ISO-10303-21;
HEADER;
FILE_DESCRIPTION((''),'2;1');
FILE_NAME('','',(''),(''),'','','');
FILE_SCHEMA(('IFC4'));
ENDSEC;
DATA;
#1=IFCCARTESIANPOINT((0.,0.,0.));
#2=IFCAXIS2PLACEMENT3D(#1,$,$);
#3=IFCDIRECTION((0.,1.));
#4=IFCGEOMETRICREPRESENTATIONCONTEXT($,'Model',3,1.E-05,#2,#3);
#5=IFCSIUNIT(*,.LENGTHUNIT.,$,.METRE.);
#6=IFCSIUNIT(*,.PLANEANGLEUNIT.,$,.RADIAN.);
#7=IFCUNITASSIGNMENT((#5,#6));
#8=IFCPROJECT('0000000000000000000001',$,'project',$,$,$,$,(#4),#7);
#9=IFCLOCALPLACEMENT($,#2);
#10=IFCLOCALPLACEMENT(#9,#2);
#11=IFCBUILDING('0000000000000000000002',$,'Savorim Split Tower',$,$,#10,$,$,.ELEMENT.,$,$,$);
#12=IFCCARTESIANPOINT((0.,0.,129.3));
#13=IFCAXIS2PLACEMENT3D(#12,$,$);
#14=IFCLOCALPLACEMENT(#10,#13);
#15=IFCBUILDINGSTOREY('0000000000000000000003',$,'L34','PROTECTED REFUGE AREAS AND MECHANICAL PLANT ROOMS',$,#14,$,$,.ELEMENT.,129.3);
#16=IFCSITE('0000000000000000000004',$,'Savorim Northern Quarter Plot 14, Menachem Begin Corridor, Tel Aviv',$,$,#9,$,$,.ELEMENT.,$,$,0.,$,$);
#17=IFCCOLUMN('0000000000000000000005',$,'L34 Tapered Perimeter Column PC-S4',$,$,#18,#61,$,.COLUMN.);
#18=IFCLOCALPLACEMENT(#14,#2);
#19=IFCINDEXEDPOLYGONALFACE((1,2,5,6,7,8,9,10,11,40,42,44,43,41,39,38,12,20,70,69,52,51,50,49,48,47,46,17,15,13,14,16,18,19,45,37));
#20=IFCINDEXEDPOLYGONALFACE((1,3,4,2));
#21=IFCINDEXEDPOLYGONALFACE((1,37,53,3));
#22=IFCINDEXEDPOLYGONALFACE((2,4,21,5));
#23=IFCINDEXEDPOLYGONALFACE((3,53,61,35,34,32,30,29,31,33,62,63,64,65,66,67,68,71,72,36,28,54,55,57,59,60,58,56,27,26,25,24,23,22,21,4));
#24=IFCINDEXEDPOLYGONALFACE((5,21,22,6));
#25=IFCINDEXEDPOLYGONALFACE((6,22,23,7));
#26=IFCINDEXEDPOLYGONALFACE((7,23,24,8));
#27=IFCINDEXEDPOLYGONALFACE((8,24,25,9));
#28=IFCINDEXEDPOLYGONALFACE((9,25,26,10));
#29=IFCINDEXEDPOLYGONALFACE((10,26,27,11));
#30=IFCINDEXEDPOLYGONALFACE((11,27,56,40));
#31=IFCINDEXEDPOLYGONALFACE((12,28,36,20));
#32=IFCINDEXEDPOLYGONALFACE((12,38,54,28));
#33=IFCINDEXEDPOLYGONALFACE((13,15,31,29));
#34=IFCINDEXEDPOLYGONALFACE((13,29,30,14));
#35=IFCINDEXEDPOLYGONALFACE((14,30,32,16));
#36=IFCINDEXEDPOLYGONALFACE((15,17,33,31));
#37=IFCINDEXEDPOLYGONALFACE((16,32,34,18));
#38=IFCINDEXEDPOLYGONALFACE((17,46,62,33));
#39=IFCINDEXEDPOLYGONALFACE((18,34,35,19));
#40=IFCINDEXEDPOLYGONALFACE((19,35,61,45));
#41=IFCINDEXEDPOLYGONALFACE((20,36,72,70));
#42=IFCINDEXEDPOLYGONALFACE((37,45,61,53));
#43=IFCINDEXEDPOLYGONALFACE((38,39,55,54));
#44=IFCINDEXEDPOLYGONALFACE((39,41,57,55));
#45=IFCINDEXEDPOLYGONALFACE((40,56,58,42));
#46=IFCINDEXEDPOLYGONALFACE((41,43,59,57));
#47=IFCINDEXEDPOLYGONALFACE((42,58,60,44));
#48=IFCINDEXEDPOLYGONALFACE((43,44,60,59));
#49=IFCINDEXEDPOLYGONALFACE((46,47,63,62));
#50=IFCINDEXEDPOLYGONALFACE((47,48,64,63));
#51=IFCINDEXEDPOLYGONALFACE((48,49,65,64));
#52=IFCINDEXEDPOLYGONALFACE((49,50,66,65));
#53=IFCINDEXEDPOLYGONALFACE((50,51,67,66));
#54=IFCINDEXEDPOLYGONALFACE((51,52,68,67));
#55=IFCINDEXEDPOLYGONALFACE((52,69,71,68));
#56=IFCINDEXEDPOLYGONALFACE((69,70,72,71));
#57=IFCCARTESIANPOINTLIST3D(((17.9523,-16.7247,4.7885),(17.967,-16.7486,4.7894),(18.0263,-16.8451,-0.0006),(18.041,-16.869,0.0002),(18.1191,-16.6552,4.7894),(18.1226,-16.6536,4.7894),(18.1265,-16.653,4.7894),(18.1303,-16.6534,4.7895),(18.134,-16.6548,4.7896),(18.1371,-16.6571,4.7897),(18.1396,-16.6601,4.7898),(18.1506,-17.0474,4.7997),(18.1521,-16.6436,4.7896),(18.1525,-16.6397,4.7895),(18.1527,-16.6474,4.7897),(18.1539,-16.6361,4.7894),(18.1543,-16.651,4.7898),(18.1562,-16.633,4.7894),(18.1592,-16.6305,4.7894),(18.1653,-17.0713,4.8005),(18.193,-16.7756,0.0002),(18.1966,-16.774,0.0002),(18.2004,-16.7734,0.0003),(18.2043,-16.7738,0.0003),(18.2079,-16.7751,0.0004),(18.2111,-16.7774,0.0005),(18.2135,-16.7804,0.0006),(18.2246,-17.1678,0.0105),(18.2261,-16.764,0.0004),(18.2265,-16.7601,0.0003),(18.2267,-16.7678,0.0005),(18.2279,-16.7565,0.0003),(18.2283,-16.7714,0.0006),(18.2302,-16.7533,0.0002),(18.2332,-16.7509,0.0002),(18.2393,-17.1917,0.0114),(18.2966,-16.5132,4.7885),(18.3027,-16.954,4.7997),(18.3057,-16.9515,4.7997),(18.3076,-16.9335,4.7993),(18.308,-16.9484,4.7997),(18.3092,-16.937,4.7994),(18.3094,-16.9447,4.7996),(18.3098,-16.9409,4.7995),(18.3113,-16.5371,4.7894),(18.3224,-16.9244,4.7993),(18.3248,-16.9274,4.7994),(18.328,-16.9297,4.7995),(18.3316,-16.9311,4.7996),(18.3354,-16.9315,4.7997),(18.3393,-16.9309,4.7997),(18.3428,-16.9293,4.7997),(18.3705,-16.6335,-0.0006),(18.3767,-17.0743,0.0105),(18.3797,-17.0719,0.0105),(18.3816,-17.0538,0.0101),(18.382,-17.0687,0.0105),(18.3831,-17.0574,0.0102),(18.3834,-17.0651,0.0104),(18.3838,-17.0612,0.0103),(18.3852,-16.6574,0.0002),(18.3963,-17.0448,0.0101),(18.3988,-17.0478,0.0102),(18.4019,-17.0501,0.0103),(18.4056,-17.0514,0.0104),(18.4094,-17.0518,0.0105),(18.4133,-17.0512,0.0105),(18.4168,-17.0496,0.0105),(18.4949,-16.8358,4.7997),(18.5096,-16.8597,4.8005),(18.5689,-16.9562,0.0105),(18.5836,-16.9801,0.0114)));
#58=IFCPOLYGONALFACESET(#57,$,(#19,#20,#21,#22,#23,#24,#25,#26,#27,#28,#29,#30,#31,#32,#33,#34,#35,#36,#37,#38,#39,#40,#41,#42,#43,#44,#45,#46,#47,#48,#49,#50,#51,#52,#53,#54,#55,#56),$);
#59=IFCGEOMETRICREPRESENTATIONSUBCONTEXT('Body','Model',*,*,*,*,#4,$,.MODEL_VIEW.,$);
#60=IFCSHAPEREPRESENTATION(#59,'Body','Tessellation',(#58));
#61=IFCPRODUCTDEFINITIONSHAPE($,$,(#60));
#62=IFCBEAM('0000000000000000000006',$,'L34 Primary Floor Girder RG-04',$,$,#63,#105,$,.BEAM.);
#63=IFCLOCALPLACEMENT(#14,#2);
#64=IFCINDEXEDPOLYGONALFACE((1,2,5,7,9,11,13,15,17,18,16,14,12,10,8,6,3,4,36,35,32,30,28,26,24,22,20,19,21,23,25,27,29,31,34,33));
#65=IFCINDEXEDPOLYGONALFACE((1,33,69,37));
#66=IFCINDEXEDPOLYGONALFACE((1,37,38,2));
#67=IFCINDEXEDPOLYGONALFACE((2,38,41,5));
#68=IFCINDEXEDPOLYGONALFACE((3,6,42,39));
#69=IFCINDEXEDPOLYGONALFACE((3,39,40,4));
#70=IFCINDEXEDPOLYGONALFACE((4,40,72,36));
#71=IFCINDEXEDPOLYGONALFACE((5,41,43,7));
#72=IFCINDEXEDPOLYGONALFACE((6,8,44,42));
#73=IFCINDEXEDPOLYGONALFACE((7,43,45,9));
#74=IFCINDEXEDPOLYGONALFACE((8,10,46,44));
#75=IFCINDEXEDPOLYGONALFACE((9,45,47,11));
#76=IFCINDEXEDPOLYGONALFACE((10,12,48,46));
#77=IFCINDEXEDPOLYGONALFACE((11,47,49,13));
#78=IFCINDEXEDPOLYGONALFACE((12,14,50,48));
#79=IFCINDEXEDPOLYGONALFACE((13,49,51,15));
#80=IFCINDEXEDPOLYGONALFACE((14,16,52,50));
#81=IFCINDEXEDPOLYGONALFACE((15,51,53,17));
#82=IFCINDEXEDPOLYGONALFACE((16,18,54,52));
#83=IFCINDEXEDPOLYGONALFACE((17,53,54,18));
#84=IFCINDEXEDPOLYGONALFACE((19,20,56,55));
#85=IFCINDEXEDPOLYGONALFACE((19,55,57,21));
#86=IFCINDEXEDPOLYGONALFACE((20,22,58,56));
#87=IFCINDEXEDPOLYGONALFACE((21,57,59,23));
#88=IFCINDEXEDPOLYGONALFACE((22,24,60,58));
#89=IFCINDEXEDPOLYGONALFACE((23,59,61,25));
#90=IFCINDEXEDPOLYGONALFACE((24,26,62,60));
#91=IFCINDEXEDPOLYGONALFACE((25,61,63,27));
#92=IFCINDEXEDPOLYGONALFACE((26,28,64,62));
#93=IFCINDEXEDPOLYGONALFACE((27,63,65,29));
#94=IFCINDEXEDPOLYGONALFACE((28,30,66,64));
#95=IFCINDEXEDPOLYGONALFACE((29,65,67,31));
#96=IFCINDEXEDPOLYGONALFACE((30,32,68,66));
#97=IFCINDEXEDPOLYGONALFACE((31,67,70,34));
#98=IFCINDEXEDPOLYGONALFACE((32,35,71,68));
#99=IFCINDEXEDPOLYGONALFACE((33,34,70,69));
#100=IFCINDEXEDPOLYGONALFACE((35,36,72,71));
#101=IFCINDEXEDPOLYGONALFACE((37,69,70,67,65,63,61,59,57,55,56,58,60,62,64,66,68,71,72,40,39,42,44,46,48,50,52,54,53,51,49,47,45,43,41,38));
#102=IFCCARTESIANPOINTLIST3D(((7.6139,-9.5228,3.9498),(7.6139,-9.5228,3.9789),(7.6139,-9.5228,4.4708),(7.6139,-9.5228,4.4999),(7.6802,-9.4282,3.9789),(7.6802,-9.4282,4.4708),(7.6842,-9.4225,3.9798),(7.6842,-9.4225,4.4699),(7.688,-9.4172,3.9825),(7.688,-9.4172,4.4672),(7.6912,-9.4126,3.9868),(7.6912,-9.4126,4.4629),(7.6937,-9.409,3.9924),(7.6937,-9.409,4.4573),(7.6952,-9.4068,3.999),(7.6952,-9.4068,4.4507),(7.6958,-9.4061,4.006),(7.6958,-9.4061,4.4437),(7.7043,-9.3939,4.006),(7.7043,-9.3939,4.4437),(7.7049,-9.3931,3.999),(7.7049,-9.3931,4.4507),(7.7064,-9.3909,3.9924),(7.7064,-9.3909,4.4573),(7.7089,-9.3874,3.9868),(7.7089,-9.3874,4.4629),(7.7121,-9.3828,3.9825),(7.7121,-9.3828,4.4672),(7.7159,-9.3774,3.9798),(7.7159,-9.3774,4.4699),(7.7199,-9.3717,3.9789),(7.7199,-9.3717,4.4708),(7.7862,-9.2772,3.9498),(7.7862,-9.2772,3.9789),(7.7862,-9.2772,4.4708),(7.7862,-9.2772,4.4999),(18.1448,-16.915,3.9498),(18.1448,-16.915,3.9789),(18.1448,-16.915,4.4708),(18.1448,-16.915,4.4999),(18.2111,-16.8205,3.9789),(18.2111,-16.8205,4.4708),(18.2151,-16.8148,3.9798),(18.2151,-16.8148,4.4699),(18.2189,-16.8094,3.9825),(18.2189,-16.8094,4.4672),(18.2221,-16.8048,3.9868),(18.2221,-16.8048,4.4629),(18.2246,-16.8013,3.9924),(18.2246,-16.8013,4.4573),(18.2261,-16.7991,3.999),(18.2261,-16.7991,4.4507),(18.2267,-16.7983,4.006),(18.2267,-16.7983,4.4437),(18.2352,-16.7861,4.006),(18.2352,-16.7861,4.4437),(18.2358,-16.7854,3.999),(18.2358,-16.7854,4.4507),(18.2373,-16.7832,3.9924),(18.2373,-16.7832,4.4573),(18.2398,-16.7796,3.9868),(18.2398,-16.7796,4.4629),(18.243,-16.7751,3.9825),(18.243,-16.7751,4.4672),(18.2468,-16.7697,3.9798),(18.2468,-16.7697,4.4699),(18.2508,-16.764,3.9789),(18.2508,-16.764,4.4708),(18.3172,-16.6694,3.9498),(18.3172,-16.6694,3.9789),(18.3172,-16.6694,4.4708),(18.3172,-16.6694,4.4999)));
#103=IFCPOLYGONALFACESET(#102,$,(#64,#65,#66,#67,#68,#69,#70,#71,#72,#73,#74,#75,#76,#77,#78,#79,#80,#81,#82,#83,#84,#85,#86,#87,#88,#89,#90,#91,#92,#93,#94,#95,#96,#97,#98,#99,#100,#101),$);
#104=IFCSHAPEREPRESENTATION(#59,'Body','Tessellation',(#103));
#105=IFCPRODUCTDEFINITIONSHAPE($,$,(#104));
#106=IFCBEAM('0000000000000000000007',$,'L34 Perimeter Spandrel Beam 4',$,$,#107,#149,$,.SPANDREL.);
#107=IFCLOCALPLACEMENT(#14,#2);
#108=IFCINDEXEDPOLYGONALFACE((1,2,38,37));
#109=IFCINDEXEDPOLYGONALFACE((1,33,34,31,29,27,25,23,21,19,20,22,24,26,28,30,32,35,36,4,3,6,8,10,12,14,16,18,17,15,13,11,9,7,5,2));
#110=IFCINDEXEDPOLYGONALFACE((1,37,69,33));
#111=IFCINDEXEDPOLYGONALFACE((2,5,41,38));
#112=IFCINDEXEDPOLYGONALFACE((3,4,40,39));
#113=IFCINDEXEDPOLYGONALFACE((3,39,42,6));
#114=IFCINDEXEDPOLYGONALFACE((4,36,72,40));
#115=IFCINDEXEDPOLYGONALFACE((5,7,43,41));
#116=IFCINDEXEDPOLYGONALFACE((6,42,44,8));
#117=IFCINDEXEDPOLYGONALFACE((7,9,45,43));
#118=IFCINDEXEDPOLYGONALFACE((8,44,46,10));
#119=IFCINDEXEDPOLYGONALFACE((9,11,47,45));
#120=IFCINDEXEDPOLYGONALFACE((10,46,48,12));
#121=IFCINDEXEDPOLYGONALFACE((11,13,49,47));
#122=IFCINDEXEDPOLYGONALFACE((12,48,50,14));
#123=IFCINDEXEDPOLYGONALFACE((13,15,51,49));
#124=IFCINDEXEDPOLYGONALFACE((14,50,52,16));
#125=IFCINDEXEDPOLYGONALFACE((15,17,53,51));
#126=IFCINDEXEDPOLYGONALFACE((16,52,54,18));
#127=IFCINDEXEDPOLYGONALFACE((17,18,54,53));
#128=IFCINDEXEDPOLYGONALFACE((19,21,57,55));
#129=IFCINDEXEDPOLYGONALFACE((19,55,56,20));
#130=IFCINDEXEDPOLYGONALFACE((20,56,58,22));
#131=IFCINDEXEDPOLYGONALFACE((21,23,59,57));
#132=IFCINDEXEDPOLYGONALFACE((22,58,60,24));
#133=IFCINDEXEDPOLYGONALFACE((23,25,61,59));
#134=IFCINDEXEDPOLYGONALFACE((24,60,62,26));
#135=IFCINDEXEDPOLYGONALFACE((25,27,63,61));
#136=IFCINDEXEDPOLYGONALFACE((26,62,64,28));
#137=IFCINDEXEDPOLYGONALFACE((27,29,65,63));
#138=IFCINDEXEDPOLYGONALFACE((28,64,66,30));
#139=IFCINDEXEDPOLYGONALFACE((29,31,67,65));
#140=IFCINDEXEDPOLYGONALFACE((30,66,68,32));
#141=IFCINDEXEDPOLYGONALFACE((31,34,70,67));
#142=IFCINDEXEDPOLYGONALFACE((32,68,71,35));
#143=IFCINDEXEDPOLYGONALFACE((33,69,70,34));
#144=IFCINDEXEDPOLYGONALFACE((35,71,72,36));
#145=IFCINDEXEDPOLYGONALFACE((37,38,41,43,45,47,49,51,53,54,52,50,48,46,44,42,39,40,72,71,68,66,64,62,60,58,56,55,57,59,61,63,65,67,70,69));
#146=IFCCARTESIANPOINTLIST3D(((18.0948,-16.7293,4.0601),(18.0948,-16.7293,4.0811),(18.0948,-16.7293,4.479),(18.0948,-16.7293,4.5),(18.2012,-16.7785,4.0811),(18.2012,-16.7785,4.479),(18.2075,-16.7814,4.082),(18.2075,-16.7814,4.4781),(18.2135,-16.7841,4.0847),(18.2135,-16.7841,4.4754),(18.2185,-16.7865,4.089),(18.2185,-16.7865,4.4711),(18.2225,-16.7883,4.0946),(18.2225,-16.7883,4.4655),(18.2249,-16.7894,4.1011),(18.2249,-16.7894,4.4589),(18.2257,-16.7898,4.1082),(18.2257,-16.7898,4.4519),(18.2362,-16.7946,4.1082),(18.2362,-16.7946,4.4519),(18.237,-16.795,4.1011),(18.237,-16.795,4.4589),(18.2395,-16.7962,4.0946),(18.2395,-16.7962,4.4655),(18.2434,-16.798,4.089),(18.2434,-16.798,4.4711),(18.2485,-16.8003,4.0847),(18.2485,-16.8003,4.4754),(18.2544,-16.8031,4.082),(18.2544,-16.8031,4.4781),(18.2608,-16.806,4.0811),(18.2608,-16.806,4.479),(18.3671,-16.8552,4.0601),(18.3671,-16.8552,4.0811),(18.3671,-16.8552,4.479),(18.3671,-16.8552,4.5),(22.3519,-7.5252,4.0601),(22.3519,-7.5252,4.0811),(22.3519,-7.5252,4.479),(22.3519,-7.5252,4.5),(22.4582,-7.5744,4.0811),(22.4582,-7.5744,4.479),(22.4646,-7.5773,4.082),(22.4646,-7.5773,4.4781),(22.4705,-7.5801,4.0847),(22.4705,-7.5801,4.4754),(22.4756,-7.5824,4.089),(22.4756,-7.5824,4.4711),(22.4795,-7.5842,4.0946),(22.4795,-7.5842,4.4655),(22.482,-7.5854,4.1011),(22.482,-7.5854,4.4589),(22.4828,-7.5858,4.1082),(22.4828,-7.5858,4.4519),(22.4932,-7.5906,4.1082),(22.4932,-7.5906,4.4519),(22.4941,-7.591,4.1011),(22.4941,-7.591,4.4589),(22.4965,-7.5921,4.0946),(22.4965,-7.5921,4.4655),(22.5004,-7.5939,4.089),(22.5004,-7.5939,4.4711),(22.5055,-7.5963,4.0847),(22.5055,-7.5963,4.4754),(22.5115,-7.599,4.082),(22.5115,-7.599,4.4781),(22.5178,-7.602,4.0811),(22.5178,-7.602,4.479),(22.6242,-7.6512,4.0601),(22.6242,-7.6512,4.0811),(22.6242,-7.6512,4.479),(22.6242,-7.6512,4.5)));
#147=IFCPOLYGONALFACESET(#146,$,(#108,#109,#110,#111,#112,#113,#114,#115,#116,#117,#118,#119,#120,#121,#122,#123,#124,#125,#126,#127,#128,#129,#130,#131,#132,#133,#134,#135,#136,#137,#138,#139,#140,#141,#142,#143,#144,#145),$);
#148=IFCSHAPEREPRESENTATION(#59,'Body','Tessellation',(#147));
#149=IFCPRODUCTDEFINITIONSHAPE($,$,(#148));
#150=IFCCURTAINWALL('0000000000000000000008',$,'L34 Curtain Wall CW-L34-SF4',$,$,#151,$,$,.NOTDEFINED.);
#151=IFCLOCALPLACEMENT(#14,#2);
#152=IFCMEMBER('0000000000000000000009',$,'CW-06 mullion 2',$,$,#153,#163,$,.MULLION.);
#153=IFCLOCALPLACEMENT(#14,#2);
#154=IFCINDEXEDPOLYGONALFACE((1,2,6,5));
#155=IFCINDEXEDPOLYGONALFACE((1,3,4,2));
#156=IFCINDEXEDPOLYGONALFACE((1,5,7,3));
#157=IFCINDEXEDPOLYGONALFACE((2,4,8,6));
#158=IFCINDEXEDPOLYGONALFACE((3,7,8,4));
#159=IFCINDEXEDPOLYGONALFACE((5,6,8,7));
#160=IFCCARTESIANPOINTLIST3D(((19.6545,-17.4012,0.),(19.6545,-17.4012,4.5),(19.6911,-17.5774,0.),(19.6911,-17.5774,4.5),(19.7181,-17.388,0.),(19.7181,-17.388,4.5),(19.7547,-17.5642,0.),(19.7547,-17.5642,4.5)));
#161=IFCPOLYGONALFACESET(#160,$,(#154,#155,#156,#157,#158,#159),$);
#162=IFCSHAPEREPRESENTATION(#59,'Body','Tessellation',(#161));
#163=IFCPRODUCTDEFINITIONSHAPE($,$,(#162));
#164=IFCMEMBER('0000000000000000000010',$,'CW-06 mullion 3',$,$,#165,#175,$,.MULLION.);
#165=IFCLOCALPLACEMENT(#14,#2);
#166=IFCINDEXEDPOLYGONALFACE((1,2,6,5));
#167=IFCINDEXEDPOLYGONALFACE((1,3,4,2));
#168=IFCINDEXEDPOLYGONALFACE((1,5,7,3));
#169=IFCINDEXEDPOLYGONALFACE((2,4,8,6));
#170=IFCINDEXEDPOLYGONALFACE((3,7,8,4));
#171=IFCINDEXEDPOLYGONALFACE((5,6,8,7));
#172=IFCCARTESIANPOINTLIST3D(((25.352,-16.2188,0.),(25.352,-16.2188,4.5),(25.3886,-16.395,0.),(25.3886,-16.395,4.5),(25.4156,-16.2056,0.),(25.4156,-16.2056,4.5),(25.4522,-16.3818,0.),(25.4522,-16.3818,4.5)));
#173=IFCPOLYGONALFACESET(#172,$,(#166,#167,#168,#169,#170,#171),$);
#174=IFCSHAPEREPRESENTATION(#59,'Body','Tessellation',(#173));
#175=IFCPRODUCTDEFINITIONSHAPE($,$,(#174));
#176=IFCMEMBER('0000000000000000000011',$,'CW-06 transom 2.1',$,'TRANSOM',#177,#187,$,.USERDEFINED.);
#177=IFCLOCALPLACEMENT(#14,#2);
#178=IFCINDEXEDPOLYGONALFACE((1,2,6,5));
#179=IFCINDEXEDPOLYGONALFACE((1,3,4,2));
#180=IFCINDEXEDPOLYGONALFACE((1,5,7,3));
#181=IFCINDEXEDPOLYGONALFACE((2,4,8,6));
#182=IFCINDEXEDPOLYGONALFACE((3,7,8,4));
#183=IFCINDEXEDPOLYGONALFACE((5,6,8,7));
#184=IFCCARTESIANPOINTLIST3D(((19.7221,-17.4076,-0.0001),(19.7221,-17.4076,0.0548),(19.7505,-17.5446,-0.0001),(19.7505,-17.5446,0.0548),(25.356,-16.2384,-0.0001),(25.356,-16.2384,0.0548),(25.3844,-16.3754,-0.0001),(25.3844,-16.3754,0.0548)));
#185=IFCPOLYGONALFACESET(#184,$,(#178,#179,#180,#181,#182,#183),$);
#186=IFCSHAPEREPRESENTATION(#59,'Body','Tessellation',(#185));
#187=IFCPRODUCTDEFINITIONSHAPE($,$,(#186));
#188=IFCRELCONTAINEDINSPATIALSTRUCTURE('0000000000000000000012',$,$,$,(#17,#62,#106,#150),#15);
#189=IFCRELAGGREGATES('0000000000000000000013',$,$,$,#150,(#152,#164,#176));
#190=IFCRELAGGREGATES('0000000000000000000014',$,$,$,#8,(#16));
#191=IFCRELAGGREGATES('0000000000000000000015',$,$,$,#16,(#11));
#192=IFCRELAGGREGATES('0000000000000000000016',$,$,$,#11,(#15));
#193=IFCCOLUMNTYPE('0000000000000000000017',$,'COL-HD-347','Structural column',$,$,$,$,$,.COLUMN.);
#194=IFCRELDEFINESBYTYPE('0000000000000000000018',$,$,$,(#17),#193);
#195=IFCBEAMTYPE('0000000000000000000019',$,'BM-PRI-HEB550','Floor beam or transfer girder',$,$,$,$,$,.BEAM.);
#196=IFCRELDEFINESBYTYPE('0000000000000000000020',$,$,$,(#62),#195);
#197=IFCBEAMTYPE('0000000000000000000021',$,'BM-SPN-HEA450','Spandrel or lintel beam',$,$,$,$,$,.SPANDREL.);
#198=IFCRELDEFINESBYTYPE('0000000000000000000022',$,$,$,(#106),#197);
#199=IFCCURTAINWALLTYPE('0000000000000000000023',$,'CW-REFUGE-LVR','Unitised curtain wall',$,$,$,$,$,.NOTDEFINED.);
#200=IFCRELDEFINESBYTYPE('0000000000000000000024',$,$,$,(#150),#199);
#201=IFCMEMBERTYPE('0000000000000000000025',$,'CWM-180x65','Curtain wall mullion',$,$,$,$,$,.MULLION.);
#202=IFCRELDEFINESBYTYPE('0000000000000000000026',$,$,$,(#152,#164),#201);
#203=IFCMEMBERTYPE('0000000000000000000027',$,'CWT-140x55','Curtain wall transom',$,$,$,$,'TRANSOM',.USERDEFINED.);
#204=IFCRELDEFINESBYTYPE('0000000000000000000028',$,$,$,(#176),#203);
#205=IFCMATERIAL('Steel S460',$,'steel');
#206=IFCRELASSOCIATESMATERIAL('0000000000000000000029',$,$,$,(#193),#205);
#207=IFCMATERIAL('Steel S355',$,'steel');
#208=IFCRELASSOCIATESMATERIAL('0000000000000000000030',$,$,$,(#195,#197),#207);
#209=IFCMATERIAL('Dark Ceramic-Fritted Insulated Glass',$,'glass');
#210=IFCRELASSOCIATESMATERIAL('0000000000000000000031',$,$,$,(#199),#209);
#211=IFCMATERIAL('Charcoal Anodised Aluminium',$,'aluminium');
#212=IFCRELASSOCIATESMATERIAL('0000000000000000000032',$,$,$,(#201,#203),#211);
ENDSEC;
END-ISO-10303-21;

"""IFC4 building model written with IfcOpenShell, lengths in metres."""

from ifc_helpers import new_model, si_unit, direction, frame, origin, origin_2d, place, context, subcontext, project, spatial, rectangle, i_section, extrude, material, material_profile, profile_set, type_object, element, aggregate, save


model = new_model("IFC4")

# Units and contexts
model_context = context("Model", 3, precision=1e-05, world=origin(), true_north=direction((0.0, 1.0)))
body_context = subcontext(model_context, "Body", "Model", "MODEL_VIEW")
ifc_project = project(units=[si_unit("LENGTHUNIT", "METRE"), si_unit("PLANEANGLEUNIT", "RADIAN")], contexts=[model_context])

# Site, building, storey
site_placement = place(None, origin())
site = spatial("IfcSite", under=ifc_project, at=site_placement, Name="Savorim Northern Quarter Plot 14, Menachem Begin Corridor, Tel Aviv", CompositionType="ELEMENT", RefElevation=0.0)
building_placement = place(site_placement, origin())
building = spatial("IfcBuilding", under=site, at=building_placement, Name="Savorim Split Tower", CompositionType="ELEMENT")
storey_placement = place(building_placement, frame((0.0, 0.0, 129.3)))
storey = spatial("IfcBuildingStorey", under=building, at=storey_placement, Name="L34", Description="PROTECTED REFUGE AREAS AND MECHANICAL PLANT ROOMS", CompositionType="ELEMENT", Elevation=129.3)

# Column
ifc_material_1 = material(Name="Steel S460", Category="steel")
ifc_material_profile_1 = material_profile(ifc_material_1, i_section(OverallWidth=0.4041, OverallDepth=0.407, WebThickness=0.0173, FlangeThickness=0.0281, FilletRadius=0.0149, at=origin_2d()), Name="HD 400x347")
ifc_profile_set_1 = profile_set([ifc_material_profile_1], Name="Steel S460")
column_type = type_object("IfcColumnType", Name="COL-HD-347", Description="Structural column", PredefinedType="COLUMN", material=ifc_profile_set_1)
column_placement = place(storey_placement, frame((18.3049, -16.9126, 0.0054), z_axis=(-0.01544, 0.025122, 0.999565), x_axis=(-0.851955, -0.523615, 0.0)))
element("IfcColumn", 1, at=column_placement, inside=storey, type_object=column_type, Name="L34 Tapered Perimeter Column PC-S4", PredefinedType="COLUMN", context=body_context, shape_type="SweptSolid", body=[
    extrude(i_section(OverallWidth=0.4041, OverallDepth=0.407, WebThickness=0.0173, FlangeThickness=0.0281, FilletRadius=0.0149, at=origin_2d()), origin(), (0.0, 0.0, 1.0), 4.7913),
])

# Beams
ifc_material_2 = material(Name="Steel S355", Category="steel")
ifc_material_profile_2 = material_profile(ifc_material_2, i_section(OverallWidth=0.3, OverallDepth=0.55, WebThickness=0.0149, FlangeThickness=0.0291, FilletRadius=0.0271, at=origin_2d()), Name="HEB 550")
ifc_profile_set_2 = profile_set([ifc_material_profile_2], Name="Steel S355")
beam_type_1 = type_object("IfcBeamType", Name="BM-PRI-HEB550", Description="Floor beam or transfer girder", PredefinedType="BEAM", material=ifc_profile_set_2)
beam_1_placement = place(storey_placement, frame((18.231, -16.7922, 4.2249), z_axis=(-0.818478, 0.574538, 0.0), x_axis=(-0.574538, -0.818478, 0.0)))
element("IfcBeam", 2, at=beam_1_placement, inside=storey, type_object=beam_type_1, Name="L34 Primary Floor Girder RG-04", PredefinedType="BEAM", context=body_context, shape_type="SweptSolid", body=[
    extrude(i_section(OverallWidth=0.3, OverallDepth=0.55, WebThickness=0.0149, FlangeThickness=0.0291, FilletRadius=0.0271, at=origin_2d()), origin(), (0.0, 0.0, 1.0), 12.8665),
])
ifc_material_profile_3 = material_profile(ifc_material_2, i_section(OverallWidth=0.3, OverallDepth=0.4399, WebThickness=0.0115, FlangeThickness=0.021, FilletRadius=0.0271, at=origin_2d()), Name="HEA 450")
ifc_profile_set_3 = profile_set([ifc_material_profile_3], Name="Steel S355")
beam_type_2 = type_object("IfcBeamType", Name="BM-SPN-HEA450", Description="Spandrel or lintel beam", PredefinedType="SPANDREL", material=ifc_profile_set_3)
beam_2_placement = place(storey_placement, frame((18.231, -16.7922, 4.28), z_axis=(0.419792, 0.90762, 0.0), x_axis=(-0.90762, 0.419792, 0.0)))
element("IfcBeam", 3, at=beam_2_placement, inside=storey, type_object=beam_type_2, Name="L34 Perimeter Spandrel Beam 4", PredefinedType="SPANDREL", context=body_context, shape_type="SweptSolid", body=[
    extrude(i_section(OverallWidth=0.3, OverallDepth=0.4399, WebThickness=0.0115, FlangeThickness=0.021, FilletRadius=0.0271, at=origin_2d()), origin(), (0.0, 0.0, 1.0), 10.1409),
])

# Curtain wall, members
ifc_material_3 = material(Name="Dark Ceramic-Fritted Insulated Glass", Category="glass")
curtain_wall_type = type_object("IfcCurtainWallType", Name="CW-REFUGE-LVR", Description="Unitised curtain wall", PredefinedType="NOTDEFINED", material=ifc_material_3)
curtain_wall_placement = place(storey_placement, origin())
curtain_wall = element("IfcCurtainWall", 4, at=curtain_wall_placement, inside=storey, type_object=curtain_wall_type, Name="L34 Curtain Wall CW-L34-SF4", PredefinedType="NOTDEFINED")
ifc_material_4 = material(Name="Charcoal Anodised Aluminium", Category="aluminium")
ifc_material_profile_4 = material_profile(ifc_material_4, rectangle(XDim=0.1799, YDim=0.0649, at=origin_2d()), Name="ALU-M 180x65")
ifc_profile_set_4 = profile_set([ifc_material_profile_4], Name="Charcoal Anodised Aluminium")
member_type_1 = type_object("IfcMemberType", Name="CWM-180x65", Description="Curtain wall mullion", PredefinedType="MULLION", material=ifc_profile_set_4)
member_1_placement = place(storey_placement, frame((19.7046, -17.4827, 0.0), z_axis=(0.0, 0.0, 1.0), x_axis=(-0.20321, 0.979135, 0.0)))
member_1 = element("IfcMember", 5, at=member_1_placement, type_object=member_type_1, Name="CW-06 mullion 2", PredefinedType="MULLION", context=body_context, shape_type="SweptSolid", body=[
    extrude(rectangle(XDim=0.1799, YDim=0.0649, at=origin_2d()), origin(), (0.0, 0.0, 1.0), 4.5),
])
member_2_placement = place(storey_placement, frame((25.4021, -16.3003, 0.0), z_axis=(0.0, 0.0, 1.0), x_axis=(-0.20321, 0.979135, 0.0)))
member_2 = element("IfcMember", 6, at=member_2_placement, type_object=member_type_1, Name="CW-06 mullion 3", PredefinedType="MULLION", context=body_context, shape_type="SweptSolid", body=[
    extrude(rectangle(XDim=0.1799, YDim=0.0649, at=origin_2d()), origin(), (0.0, 0.0, 1.0), 4.5),
])
ifc_material_profile_5 = material_profile(ifc_material_4, rectangle(XDim=0.1399, YDim=0.0549, at=origin_2d()), Name="ALU-T 140x55")
ifc_profile_set_5 = profile_set([ifc_material_profile_5], Name="Charcoal Anodised Aluminium")
member_type_2 = type_object("IfcMemberType", Name="CWT-140x55", Description="Curtain wall transom", ElementType="TRANSOM", PredefinedType="USERDEFINED", material=ifc_profile_set_5)
member_3_placement = place(storey_placement, frame((19.7363, -17.4761, 0.0273), z_axis=(0.979137, 0.203202, 0.0), x_axis=(-0.203202, 0.979137, 0.0)))
member_3 = element("IfcMember", 7, at=member_3_placement, type_object=member_type_2, Name="CW-06 transom 2.1", ObjectType="TRANSOM", PredefinedType="USERDEFINED", context=body_context, shape_type="SweptSolid", body=[
    extrude(rectangle(XDim=0.1399, YDim=0.0549, at=origin_2d()), origin(), (0.0, 0.0, 1.0), 5.7539),
])

aggregate(curtain_wall, [member_1, member_2, member_3])

save(model, "model.ifc")
